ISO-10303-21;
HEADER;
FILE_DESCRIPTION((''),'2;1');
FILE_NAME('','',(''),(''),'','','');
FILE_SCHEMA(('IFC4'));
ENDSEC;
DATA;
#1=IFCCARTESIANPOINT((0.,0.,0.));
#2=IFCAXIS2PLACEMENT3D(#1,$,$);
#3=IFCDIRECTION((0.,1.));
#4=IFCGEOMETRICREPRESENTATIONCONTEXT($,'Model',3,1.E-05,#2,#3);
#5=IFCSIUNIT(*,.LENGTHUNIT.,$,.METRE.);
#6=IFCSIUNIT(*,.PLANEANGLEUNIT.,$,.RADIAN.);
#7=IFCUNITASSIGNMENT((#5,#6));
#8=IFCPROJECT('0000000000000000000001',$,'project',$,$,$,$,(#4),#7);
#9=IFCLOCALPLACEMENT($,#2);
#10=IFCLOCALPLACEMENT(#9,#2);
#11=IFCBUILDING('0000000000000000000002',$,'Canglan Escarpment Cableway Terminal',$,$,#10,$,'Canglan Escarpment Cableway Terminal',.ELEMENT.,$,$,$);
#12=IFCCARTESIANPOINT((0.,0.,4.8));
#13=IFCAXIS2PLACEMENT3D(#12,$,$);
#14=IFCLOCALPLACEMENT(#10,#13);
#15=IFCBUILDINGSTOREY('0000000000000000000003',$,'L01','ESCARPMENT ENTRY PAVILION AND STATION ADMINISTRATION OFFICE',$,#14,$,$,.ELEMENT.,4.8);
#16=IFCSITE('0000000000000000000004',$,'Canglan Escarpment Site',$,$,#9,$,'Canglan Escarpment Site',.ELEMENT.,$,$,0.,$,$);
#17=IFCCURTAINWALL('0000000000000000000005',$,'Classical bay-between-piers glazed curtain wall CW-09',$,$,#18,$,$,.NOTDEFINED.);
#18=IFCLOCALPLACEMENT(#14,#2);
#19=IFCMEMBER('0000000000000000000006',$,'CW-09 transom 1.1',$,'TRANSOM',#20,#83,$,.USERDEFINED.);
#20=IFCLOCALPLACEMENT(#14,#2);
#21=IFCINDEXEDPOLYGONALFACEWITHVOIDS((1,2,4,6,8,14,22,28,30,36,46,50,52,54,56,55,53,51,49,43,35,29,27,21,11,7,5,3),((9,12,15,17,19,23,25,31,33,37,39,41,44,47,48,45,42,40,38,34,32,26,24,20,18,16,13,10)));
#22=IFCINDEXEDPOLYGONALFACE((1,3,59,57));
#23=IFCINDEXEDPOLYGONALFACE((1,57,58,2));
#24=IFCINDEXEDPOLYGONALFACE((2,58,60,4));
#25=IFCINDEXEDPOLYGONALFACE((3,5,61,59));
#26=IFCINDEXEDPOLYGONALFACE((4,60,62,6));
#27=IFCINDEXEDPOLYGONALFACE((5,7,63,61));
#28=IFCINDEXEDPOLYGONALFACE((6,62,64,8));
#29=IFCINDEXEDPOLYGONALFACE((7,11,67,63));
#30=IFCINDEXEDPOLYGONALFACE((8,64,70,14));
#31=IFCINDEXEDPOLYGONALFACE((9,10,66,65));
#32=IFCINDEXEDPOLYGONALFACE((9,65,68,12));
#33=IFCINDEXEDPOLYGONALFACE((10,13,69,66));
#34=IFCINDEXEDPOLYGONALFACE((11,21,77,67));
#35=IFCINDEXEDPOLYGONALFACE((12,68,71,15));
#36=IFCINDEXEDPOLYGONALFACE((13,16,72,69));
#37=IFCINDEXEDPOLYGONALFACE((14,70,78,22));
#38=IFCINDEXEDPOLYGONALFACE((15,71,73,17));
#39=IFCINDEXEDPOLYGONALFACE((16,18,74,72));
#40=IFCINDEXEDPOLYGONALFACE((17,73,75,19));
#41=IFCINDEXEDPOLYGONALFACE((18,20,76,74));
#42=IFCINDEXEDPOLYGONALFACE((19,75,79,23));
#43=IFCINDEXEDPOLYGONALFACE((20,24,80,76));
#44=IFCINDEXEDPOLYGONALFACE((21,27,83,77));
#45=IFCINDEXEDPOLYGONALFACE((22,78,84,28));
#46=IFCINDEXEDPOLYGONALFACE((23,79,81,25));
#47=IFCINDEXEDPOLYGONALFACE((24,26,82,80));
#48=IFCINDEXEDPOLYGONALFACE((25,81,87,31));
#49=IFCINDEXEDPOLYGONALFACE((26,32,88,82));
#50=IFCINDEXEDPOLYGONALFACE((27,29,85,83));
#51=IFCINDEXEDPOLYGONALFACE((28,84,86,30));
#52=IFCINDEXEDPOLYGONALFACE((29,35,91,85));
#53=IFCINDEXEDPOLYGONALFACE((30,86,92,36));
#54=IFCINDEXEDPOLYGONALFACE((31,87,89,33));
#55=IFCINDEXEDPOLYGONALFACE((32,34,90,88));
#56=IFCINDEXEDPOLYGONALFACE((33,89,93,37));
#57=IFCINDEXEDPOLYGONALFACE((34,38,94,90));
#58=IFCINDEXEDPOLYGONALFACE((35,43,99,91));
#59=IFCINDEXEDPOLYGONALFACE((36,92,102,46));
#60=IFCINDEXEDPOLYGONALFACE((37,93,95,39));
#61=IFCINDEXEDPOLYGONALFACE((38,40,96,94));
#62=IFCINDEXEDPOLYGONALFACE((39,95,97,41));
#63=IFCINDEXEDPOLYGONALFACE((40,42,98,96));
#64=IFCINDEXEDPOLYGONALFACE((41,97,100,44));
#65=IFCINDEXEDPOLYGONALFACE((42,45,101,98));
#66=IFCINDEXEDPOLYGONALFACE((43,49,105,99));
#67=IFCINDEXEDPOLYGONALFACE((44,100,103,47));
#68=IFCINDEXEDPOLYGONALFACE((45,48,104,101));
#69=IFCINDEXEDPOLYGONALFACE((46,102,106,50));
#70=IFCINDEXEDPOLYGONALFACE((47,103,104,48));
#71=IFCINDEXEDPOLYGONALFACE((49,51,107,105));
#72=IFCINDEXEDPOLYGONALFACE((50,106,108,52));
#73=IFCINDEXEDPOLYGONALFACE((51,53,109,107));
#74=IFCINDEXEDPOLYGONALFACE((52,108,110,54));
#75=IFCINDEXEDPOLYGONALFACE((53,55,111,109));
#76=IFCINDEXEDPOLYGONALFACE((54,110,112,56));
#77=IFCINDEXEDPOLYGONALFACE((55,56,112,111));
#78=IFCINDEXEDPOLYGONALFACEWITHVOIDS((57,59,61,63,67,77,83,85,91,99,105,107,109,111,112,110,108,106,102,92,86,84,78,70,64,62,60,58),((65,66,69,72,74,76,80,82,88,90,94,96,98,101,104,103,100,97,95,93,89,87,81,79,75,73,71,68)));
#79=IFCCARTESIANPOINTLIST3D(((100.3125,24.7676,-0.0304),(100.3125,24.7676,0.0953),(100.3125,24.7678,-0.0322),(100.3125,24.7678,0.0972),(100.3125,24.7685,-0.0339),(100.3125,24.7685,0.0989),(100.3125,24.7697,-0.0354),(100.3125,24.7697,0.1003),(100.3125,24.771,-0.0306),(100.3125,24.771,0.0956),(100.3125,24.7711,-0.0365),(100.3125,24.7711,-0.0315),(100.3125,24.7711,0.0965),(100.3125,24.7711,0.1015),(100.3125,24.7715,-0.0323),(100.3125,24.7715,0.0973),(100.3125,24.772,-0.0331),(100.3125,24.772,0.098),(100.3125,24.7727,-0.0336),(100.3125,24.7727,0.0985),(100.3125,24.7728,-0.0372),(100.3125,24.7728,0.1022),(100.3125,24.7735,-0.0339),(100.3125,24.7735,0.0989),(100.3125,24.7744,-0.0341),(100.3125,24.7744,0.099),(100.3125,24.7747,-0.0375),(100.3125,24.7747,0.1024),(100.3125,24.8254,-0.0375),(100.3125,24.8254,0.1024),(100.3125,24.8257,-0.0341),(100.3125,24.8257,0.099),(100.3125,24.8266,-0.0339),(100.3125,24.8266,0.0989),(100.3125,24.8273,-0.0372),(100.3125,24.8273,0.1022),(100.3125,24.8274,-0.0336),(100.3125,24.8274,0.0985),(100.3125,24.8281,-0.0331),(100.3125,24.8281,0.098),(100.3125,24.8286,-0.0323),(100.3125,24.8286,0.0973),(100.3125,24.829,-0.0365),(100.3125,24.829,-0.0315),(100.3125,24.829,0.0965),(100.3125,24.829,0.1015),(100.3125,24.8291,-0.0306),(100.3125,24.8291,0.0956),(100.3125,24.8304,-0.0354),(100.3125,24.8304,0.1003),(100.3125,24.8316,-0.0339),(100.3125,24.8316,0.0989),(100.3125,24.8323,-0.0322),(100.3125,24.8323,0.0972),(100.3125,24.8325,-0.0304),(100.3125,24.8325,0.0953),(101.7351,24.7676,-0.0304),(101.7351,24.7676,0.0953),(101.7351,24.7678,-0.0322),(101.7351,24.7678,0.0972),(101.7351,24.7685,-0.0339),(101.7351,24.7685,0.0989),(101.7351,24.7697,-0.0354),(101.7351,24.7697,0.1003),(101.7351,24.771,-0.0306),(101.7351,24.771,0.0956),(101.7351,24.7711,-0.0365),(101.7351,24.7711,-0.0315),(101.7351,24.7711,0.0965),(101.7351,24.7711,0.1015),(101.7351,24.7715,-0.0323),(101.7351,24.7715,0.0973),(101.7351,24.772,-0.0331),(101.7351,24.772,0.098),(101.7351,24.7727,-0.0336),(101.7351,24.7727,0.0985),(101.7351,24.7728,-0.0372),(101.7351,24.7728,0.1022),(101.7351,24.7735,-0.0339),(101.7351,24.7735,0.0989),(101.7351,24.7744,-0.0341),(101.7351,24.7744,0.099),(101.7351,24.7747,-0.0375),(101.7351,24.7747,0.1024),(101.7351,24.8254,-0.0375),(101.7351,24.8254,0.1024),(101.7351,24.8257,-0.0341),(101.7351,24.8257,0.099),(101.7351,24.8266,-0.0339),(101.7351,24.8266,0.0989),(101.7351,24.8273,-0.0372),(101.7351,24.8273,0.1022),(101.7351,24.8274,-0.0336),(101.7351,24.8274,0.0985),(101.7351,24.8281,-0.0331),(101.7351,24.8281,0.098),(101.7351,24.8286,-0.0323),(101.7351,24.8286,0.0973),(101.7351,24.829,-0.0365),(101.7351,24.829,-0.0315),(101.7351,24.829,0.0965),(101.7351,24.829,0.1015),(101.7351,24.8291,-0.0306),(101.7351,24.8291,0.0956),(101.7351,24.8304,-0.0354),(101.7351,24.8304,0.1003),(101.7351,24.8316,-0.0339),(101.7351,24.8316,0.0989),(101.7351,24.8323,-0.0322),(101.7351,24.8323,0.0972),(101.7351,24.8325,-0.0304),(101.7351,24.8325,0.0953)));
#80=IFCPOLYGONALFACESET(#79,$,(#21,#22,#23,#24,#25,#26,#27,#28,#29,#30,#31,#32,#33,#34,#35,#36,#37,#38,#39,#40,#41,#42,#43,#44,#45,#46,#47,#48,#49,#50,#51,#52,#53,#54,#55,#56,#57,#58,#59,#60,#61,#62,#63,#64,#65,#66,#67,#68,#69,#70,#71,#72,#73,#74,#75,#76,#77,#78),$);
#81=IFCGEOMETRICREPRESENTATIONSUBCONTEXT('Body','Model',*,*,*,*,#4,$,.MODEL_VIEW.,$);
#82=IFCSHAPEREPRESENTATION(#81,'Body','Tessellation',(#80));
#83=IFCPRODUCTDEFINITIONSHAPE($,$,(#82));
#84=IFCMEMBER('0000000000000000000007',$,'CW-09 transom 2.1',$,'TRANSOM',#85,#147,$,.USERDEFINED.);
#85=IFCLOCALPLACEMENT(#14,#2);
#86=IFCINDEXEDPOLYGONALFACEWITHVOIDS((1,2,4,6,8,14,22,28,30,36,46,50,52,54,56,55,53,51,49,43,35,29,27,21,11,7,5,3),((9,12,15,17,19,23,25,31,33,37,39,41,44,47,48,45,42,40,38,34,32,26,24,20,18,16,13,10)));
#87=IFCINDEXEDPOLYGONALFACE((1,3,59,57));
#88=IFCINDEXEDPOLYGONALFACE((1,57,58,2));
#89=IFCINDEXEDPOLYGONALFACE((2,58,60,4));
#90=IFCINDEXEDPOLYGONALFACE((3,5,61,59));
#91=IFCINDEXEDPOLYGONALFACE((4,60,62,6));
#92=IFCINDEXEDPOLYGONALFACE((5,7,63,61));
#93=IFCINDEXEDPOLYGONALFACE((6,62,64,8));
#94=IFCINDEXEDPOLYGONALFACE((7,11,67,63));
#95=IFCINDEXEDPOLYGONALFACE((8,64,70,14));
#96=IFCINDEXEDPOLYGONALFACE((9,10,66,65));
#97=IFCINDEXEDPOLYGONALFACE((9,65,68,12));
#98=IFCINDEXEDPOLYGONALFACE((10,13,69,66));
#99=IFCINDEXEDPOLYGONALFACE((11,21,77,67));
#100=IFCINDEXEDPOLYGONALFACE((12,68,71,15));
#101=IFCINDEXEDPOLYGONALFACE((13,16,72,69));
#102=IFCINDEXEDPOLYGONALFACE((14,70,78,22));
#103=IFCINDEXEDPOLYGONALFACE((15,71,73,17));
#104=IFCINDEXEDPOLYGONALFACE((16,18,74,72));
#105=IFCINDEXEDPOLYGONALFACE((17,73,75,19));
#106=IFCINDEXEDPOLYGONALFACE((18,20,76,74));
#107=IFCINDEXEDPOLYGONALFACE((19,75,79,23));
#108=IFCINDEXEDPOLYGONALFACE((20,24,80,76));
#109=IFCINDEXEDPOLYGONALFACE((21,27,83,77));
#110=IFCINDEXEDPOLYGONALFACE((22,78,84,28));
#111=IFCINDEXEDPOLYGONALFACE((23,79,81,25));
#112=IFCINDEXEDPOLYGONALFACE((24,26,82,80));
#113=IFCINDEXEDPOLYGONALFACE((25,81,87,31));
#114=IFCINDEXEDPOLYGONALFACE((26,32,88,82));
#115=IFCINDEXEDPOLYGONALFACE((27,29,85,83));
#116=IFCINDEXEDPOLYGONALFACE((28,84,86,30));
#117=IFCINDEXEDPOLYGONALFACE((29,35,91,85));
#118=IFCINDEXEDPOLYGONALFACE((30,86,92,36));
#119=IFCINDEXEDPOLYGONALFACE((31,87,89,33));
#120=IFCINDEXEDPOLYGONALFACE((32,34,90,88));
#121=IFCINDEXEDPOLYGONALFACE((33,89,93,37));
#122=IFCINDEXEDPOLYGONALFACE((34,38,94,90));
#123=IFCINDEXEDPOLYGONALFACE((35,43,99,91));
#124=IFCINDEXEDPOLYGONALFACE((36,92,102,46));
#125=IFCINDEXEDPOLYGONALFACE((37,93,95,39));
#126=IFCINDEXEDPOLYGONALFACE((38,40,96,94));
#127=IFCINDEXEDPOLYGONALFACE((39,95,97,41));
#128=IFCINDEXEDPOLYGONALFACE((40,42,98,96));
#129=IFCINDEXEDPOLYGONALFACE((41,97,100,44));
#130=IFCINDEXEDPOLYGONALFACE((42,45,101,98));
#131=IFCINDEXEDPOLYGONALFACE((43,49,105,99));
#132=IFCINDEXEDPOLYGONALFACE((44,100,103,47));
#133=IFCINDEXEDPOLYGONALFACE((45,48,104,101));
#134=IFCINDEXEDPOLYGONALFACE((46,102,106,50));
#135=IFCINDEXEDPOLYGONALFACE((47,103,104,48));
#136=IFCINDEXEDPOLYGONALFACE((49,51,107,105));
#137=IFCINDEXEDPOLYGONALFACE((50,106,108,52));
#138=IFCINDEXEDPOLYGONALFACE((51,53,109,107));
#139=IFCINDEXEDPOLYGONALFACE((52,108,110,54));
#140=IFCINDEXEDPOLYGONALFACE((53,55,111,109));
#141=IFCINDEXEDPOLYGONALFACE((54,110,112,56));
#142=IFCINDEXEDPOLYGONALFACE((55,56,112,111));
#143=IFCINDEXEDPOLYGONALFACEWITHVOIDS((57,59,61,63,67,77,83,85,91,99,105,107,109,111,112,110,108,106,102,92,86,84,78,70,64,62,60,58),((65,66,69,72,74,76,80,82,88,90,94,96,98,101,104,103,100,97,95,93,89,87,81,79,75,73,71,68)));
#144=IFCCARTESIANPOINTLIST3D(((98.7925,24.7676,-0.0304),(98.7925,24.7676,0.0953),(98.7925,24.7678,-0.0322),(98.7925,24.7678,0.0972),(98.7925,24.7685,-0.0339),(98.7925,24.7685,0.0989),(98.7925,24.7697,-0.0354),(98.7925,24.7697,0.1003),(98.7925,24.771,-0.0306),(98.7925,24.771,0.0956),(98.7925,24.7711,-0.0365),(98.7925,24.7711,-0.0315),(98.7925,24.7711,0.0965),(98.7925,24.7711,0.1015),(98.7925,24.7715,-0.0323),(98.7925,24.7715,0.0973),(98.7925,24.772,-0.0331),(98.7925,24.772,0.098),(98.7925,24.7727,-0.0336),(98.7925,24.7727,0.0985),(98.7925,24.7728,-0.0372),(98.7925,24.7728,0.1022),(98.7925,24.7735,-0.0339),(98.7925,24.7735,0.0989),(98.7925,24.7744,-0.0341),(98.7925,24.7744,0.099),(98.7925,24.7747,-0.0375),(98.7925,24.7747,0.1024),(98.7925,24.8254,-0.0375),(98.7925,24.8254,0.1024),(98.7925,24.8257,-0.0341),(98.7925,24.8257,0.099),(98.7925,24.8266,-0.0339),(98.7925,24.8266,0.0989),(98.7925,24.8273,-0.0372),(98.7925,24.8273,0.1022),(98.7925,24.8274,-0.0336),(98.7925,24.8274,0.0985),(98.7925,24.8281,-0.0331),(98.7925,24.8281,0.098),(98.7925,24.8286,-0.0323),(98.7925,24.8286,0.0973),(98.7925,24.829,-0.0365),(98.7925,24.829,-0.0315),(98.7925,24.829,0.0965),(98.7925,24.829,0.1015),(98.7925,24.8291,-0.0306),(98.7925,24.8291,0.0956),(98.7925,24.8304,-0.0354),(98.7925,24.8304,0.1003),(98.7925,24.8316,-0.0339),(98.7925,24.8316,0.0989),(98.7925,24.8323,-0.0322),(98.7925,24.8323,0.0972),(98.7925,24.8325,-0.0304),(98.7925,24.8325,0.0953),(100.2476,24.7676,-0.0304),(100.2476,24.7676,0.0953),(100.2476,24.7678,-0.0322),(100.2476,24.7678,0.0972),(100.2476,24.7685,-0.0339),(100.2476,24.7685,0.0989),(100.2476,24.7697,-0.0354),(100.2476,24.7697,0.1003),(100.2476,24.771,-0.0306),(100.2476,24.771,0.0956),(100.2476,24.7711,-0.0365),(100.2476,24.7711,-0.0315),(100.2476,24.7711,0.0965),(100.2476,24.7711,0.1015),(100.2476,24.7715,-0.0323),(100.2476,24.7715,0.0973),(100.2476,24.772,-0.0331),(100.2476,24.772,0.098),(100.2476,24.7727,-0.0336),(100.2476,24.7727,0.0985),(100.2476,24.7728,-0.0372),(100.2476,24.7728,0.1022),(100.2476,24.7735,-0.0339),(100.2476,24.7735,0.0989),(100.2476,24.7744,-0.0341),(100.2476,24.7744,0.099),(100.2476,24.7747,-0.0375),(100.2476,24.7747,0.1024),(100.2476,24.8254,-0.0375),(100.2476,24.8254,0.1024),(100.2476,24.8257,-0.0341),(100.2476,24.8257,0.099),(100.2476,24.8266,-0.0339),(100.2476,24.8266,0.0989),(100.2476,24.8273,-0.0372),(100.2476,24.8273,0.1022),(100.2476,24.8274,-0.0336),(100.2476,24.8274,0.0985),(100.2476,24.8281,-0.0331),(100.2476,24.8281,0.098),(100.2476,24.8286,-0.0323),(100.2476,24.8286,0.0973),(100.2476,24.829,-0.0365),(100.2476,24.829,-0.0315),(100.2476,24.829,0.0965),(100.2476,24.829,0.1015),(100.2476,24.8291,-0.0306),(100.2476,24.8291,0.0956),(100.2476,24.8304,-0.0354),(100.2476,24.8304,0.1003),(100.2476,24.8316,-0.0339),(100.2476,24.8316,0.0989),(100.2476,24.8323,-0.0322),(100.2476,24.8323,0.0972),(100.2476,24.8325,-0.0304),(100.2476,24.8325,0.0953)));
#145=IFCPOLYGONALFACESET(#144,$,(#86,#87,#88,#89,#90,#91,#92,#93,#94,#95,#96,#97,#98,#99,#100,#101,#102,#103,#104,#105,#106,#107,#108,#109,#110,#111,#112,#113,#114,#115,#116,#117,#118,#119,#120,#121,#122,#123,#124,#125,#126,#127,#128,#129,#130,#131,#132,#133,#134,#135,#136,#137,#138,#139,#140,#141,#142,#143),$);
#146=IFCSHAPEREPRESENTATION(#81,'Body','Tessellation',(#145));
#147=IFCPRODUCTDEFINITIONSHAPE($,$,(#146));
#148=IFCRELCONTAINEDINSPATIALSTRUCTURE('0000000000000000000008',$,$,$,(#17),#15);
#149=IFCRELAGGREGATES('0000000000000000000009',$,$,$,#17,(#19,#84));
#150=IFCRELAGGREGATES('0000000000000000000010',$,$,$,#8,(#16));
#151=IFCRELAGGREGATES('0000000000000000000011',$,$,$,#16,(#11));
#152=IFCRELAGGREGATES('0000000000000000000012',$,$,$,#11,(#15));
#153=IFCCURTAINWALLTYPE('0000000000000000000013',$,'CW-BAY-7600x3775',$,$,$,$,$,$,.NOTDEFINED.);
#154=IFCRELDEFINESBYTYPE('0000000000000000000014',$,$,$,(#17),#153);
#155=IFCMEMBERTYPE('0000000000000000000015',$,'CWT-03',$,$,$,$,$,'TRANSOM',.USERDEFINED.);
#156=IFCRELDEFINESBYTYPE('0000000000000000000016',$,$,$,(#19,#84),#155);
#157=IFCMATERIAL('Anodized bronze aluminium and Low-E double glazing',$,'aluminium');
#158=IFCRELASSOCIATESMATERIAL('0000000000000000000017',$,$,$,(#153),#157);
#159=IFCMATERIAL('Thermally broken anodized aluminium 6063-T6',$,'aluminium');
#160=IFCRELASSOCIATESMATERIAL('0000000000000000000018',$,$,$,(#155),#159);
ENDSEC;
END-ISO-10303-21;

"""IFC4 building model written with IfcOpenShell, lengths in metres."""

from ifc_helpers import new_model, si_unit, direction, frame, origin, origin_2d, place, context, subcontext, project, spatial, hollow_rectangle, extrude, material, material_profile, profile_set, type_object, element, aggregate, save


model = new_model("IFC4")

# Units and contexts
model_context = context("Model", 3, precision=1e-05, world=origin(), true_north=direction((0.0, 1.0)))
body_context = subcontext(model_context, "Body", "Model", "MODEL_VIEW")
ifc_project = project(units=[si_unit("LENGTHUNIT", "METRE"), si_unit("PLANEANGLEUNIT", "RADIAN")], contexts=[model_context])

# Site, building, storey
site_placement = place(None, origin())
site = spatial("IfcSite", under=ifc_project, at=site_placement, Name="Canglan Escarpment Site", LongName="Canglan Escarpment Site", CompositionType="ELEMENT", RefElevation=0.0)
building_placement = place(site_placement, origin())
building = spatial("IfcBuilding", under=site, at=building_placement, Name="Canglan Escarpment Cableway Terminal", LongName="Canglan Escarpment Cableway Terminal", CompositionType="ELEMENT")
storey_placement = place(building_placement, frame((0.0, 0.0, 4.8)))
storey = spatial("IfcBuildingStorey", under=building, at=storey_placement, Name="L01", Description="ESCARPMENT ENTRY PAVILION AND STATION ADMINISTRATION OFFICE", CompositionType="ELEMENT", Elevation=4.8)

# Curtain wall, members
ifc_material_1 = material(Name="Anodized bronze aluminium and Low-E double glazing", Category="aluminium")
curtain_wall_type = type_object("IfcCurtainWallType", Name="CW-BAY-7600x3775", PredefinedType="NOTDEFINED", material=ifc_material_1)
curtain_wall_placement = place(storey_placement, origin())
curtain_wall = element("IfcCurtainWall", 1, at=curtain_wall_placement, inside=storey, type_object=curtain_wall_type, Name="Classical bay-between-piers glazed curtain wall CW-09", PredefinedType="NOTDEFINED")
ifc_material_2 = material(Name="Thermally broken anodized aluminium 6063-T6", Category="aluminium")
ifc_material_profile_1 = material_profile(ifc_material_2, hollow_rectangle(XDim=0.0649, YDim=0.1399, WallThickness=0.0034, InnerFilletRadius=0.0034, OuterFilletRadius=0.0071, at=origin_2d()), Name="ALU-TRAN 65x140x3.5")
ifc_profile_set_1 = profile_set([ifc_material_profile_1], Name="Thermally broken anodized aluminium 6063-T6")
member_type_1 = type_object("IfcMemberType", Name="CWT-03", ElementType="TRANSOM", PredefinedType="USERDEFINED", material=ifc_profile_set_1)
member_1_placement = place(storey_placement, frame((101.7351, 24.8, 0.0325), z_axis=(-1.0, 0.0, 0.0), x_axis=(0.0, -1.0, 0.0)))
member_1 = element("IfcMember", 2, at=member_1_placement, type_object=member_type_1, Name="CW-09 transom 1.1", ObjectType="TRANSOM", PredefinedType="USERDEFINED", context=body_context, shape_type="SweptSolid", body=[
    extrude(hollow_rectangle(XDim=0.0649, YDim=0.1399, WallThickness=0.0034, InnerFilletRadius=0.0034, OuterFilletRadius=0.0071, at=origin_2d()), origin(), (0.0, 0.0, 1.0), 1.4226),
])
member_2_placement = place(storey_placement, frame((100.2476, 24.8, 0.0325), z_axis=(-1.0, 0.0, 0.0), x_axis=(0.0, -1.0, 0.0)))
member_2 = element("IfcMember", 3, at=member_2_placement, type_object=member_type_1, Name="CW-09 transom 2.1", ObjectType="TRANSOM", PredefinedType="USERDEFINED", context=body_context, shape_type="SweptSolid", body=[
    extrude(hollow_rectangle(XDim=0.0649, YDim=0.1399, WallThickness=0.0034, InnerFilletRadius=0.0034, OuterFilletRadius=0.0071, at=origin_2d()), origin(), (0.0, 0.0, 1.0), 1.4551),
])
aggregate(curtain_wall, [member_1, member_2])

save(model, "model.ifc")
